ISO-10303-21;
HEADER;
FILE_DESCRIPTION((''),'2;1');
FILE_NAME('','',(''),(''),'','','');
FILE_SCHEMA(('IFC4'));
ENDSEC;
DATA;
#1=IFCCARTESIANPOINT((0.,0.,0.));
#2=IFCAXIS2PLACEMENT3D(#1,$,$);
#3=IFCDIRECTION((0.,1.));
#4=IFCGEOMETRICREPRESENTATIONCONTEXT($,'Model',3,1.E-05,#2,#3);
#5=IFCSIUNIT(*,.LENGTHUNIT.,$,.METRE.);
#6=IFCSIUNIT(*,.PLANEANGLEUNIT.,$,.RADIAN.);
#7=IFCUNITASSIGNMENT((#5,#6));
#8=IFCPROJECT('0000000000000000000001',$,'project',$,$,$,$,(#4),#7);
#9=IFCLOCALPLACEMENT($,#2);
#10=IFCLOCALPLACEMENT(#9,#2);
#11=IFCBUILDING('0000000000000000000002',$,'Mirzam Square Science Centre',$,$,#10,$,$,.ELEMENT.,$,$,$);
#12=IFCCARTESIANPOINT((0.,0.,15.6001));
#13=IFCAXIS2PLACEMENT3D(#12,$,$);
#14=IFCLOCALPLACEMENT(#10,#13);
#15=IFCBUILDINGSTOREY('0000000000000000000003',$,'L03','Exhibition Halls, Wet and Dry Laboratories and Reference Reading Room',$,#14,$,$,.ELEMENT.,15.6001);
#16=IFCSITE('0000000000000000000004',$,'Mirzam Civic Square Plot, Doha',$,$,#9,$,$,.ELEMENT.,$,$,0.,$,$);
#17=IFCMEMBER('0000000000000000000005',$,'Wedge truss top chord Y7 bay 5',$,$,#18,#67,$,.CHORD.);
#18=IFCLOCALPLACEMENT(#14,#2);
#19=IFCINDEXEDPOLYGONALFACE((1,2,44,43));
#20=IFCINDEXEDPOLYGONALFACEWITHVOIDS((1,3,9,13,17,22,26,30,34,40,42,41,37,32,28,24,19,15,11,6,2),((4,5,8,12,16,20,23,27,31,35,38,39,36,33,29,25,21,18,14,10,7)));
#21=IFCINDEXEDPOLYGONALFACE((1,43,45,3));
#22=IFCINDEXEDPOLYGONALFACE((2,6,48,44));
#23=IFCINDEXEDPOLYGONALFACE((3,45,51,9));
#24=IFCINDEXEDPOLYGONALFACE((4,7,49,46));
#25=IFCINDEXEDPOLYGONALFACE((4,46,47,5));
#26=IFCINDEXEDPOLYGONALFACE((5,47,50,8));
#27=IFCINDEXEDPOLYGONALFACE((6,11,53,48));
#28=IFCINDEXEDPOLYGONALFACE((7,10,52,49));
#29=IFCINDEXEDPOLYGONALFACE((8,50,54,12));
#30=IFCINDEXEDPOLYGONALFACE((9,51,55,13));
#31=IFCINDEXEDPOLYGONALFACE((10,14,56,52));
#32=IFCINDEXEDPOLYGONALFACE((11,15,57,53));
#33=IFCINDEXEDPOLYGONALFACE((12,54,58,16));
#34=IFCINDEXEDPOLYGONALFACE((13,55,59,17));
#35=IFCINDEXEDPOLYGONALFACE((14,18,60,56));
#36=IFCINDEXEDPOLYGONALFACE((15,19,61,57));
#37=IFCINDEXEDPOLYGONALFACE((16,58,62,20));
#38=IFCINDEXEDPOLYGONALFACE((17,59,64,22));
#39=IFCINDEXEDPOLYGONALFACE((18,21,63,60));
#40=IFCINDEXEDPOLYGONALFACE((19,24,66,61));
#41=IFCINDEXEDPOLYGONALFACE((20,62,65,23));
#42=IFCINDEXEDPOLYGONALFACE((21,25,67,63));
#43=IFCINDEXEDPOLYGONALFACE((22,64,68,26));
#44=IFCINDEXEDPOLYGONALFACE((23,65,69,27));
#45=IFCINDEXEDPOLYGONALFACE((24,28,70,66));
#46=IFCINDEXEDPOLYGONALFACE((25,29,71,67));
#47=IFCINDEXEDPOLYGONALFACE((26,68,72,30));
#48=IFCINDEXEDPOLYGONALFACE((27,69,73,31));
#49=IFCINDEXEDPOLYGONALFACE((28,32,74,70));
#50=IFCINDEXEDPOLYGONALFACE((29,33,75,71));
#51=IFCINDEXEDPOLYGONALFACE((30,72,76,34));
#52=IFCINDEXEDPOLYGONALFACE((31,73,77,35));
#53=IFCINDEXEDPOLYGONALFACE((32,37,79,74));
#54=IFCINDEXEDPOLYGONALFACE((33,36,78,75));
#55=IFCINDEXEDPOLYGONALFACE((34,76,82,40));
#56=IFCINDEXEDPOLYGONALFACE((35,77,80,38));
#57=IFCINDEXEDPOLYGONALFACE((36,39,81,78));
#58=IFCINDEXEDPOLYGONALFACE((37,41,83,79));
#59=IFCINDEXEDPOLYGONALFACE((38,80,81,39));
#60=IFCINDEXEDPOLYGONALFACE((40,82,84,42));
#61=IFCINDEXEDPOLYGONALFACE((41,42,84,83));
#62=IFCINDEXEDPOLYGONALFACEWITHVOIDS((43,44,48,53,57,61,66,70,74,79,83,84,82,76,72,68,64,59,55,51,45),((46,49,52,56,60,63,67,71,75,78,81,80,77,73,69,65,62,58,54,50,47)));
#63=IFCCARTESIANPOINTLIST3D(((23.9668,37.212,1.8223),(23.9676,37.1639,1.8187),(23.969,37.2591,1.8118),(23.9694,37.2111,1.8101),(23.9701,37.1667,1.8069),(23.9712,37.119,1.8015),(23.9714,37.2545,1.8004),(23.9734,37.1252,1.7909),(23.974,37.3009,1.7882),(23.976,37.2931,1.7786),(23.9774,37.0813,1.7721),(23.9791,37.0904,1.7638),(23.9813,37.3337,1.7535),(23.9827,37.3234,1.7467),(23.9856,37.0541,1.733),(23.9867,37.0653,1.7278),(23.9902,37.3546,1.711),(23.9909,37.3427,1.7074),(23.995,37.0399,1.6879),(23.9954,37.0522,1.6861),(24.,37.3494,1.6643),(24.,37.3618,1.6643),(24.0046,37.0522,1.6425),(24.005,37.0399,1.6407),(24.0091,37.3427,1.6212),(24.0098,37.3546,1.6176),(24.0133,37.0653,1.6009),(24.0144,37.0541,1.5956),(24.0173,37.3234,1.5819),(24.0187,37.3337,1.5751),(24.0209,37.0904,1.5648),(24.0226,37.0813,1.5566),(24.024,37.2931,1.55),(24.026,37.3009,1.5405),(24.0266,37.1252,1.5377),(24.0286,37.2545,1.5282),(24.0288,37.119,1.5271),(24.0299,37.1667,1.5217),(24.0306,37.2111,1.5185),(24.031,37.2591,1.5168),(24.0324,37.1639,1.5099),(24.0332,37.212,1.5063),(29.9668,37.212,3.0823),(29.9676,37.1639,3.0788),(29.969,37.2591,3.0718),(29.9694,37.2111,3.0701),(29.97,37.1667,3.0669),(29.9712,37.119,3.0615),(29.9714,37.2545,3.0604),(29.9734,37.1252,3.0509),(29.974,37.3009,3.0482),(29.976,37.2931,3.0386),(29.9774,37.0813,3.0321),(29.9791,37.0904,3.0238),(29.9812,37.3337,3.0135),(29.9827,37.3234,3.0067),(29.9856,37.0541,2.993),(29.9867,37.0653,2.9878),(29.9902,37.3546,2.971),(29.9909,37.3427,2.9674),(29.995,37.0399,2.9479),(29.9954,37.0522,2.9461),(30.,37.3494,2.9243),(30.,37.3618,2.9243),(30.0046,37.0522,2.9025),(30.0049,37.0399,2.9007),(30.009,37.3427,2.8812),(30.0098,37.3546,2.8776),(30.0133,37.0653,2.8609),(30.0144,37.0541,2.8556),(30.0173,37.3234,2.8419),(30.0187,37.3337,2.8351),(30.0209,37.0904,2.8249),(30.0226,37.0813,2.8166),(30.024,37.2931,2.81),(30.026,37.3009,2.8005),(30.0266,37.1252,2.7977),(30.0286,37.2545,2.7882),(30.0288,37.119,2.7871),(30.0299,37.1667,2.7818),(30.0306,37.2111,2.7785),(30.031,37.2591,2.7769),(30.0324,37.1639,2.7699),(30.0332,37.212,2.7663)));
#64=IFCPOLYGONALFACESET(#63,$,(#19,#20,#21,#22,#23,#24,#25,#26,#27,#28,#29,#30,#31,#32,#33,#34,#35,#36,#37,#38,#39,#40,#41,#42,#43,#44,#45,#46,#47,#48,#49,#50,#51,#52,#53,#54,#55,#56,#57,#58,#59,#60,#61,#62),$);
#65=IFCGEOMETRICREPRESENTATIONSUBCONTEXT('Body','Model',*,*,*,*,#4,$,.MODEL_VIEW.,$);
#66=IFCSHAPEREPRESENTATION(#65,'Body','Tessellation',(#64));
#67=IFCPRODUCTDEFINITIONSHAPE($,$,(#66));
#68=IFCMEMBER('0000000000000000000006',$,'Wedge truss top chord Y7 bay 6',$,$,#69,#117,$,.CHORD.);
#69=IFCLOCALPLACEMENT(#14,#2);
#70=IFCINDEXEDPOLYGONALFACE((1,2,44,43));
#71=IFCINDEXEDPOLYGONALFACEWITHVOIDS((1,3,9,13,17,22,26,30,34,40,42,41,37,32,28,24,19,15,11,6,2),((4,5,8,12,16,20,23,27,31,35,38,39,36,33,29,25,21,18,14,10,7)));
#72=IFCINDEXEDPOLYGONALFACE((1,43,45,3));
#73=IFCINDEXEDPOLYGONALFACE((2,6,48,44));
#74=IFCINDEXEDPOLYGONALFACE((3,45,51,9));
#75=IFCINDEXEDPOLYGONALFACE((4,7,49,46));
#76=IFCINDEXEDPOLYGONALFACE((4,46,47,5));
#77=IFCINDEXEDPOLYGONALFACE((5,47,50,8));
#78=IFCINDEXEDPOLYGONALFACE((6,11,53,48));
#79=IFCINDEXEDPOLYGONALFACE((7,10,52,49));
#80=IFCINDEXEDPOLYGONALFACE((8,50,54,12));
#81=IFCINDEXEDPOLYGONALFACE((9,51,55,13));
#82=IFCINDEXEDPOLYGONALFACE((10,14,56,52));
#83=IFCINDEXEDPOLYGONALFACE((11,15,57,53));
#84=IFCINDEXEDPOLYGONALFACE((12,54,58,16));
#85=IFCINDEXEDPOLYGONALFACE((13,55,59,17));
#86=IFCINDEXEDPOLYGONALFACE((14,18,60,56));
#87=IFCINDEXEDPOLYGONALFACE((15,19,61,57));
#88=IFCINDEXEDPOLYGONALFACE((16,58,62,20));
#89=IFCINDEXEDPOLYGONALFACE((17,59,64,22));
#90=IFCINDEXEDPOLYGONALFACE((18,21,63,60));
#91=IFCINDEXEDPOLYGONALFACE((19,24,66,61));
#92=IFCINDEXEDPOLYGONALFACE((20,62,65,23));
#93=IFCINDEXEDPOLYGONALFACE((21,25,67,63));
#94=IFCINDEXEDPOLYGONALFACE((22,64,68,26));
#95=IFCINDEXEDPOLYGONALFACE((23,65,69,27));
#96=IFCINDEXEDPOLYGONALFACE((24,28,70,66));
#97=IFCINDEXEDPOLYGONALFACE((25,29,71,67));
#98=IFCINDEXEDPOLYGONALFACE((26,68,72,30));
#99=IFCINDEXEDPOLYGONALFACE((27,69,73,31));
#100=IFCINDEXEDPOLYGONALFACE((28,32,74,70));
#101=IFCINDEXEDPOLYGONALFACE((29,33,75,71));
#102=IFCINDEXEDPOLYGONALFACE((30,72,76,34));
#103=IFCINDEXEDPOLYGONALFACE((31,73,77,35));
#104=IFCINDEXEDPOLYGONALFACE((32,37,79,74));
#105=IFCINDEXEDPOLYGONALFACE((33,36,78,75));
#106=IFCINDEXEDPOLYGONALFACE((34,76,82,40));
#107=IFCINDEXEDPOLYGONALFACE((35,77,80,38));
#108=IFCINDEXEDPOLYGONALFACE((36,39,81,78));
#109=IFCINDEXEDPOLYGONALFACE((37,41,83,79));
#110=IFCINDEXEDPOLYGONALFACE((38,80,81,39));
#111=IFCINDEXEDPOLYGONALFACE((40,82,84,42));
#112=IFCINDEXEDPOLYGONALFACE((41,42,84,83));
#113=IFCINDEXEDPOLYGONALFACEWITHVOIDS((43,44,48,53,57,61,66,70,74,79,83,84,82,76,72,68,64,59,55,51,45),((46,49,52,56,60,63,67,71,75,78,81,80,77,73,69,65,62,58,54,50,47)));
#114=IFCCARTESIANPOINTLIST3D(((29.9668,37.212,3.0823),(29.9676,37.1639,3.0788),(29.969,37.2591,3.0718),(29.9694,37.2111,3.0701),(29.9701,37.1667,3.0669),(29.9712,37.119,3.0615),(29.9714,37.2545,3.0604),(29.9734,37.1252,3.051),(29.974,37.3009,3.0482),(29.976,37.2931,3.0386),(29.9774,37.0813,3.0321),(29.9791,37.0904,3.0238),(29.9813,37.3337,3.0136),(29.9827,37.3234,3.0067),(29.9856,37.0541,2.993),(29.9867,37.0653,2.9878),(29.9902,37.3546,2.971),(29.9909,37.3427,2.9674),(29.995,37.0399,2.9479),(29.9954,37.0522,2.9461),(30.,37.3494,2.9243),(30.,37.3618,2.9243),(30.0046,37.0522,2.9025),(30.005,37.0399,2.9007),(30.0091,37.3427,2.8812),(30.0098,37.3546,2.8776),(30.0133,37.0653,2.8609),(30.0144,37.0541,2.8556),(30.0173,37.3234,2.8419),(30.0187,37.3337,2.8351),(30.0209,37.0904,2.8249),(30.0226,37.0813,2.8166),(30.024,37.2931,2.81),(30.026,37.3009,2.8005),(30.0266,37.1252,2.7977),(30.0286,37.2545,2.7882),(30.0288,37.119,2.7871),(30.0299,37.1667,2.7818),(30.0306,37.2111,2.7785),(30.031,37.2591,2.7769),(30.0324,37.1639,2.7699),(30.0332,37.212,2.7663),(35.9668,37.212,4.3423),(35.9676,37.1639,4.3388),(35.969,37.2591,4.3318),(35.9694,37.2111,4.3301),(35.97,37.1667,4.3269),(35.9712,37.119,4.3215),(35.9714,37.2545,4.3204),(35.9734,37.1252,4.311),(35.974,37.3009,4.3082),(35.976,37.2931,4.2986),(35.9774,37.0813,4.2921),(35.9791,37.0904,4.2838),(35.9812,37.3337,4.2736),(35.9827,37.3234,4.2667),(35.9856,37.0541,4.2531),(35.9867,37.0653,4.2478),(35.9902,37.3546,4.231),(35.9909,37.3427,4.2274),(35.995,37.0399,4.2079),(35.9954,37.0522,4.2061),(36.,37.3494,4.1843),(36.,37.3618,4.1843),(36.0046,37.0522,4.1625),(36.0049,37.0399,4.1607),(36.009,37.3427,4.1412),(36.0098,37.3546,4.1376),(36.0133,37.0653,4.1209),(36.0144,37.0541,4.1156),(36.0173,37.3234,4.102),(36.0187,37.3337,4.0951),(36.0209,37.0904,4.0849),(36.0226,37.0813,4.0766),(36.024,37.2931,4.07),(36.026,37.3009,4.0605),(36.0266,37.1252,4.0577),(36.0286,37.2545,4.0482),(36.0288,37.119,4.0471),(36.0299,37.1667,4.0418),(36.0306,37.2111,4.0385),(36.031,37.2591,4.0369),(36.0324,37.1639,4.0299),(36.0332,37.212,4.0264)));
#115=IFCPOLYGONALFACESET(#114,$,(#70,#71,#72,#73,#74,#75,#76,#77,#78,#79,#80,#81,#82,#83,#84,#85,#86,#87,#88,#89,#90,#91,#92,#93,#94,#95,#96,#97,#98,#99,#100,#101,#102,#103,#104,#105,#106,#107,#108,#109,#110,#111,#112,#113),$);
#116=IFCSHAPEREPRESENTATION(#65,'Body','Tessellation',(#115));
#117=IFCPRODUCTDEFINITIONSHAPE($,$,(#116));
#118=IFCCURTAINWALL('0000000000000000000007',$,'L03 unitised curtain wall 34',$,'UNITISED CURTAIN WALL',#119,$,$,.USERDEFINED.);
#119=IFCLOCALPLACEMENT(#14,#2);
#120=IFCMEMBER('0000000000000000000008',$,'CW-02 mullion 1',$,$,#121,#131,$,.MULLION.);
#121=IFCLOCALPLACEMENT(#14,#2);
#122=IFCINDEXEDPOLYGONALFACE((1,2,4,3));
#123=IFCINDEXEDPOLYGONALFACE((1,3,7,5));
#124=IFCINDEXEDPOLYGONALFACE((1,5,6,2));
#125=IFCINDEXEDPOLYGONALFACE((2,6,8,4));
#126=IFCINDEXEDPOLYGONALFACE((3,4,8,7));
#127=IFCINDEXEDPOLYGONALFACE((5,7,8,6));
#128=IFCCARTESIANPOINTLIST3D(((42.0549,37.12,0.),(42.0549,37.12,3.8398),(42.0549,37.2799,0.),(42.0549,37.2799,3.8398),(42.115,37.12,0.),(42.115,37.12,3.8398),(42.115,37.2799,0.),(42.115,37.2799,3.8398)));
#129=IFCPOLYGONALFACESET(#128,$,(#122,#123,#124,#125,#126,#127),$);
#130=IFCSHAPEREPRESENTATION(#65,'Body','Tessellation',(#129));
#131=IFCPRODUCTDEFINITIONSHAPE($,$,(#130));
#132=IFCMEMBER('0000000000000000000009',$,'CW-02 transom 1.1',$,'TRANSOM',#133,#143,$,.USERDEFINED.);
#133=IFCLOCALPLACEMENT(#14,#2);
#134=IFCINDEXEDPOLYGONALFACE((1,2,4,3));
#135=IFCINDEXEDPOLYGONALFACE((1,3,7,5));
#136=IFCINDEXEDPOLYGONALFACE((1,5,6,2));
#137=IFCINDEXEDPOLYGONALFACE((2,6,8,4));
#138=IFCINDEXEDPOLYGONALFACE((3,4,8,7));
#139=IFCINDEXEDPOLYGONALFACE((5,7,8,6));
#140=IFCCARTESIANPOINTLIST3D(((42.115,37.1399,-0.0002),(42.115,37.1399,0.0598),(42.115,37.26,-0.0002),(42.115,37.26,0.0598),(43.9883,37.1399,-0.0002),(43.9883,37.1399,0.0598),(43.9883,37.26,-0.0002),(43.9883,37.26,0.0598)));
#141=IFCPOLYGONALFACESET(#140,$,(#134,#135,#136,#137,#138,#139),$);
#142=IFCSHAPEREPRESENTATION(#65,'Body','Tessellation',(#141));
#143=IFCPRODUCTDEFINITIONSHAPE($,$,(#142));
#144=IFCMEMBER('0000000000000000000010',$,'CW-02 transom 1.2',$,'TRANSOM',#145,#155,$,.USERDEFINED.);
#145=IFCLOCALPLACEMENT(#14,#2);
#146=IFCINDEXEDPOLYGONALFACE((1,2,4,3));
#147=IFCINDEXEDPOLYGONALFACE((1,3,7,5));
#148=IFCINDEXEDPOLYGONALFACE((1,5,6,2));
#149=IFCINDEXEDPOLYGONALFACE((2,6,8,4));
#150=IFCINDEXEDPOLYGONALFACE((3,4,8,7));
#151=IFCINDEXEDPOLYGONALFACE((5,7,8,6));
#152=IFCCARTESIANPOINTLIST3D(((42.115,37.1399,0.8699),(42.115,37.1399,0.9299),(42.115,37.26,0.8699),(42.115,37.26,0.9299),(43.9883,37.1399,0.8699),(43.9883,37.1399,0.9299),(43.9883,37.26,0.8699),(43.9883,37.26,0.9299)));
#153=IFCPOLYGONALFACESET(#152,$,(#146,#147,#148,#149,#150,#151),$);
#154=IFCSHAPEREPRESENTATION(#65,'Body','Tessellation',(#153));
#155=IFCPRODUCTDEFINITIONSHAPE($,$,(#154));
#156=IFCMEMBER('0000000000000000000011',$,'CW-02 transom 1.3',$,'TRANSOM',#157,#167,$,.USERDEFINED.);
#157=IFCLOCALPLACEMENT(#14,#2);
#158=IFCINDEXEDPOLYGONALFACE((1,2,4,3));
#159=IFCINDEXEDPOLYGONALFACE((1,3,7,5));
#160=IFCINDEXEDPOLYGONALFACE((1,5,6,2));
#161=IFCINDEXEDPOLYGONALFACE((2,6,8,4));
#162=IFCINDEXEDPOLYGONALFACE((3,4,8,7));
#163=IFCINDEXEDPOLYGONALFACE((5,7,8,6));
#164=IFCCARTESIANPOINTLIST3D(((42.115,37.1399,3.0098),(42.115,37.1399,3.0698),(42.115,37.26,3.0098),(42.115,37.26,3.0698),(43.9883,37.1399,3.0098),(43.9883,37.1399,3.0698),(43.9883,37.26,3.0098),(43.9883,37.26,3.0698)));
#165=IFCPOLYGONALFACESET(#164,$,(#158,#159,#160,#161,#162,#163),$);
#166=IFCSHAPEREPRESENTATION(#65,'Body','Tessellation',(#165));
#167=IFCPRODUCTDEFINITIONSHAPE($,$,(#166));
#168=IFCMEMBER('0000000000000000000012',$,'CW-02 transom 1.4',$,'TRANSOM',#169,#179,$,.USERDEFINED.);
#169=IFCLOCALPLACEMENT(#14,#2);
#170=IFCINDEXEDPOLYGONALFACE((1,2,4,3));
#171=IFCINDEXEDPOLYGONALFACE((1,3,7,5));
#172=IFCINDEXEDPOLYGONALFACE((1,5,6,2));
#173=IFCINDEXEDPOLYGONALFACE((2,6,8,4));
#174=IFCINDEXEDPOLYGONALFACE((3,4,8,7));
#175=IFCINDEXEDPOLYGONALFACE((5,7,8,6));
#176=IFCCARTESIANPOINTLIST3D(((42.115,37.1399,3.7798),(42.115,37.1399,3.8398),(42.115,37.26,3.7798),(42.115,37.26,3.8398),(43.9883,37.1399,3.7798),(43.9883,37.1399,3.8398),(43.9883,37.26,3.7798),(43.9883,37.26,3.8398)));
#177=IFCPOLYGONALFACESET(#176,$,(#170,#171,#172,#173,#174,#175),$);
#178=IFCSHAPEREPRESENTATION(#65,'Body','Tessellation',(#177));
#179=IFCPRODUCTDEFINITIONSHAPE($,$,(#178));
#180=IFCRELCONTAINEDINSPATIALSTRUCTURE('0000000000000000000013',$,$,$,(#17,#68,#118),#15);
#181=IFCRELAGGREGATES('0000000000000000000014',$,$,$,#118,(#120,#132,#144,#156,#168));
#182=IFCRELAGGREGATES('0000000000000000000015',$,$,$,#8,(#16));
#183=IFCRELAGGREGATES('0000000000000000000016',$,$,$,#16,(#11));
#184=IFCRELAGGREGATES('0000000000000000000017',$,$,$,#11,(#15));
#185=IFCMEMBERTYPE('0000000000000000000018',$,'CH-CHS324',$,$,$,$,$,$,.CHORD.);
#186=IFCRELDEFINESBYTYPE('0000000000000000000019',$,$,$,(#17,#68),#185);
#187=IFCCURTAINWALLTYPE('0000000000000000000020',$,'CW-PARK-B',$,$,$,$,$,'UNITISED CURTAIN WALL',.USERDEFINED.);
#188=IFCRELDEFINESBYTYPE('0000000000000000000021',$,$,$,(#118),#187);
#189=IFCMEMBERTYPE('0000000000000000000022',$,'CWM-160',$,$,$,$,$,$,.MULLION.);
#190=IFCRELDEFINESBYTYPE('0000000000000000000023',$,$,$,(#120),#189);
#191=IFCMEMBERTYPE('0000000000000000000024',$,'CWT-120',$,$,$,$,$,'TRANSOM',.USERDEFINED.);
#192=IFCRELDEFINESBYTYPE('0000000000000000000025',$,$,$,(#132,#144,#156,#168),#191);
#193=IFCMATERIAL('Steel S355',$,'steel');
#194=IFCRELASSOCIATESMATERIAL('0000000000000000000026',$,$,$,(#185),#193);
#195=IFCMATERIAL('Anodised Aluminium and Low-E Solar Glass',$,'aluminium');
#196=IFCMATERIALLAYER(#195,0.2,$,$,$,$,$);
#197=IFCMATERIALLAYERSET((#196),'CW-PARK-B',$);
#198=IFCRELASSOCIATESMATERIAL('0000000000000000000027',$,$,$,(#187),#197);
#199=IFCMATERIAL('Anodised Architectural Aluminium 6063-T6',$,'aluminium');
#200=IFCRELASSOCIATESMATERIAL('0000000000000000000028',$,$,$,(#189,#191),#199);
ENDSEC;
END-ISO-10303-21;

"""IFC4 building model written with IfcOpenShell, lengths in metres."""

from ifc_helpers import new_model, si_unit, direction, frame, origin, origin_2d, place, context, subcontext, project, spatial, rectangle, hollow_circle, extrude, material, layer, layer_set, material_profile, profile_set, type_object, element, aggregate, save


model = new_model("IFC4")

# Units and contexts
model_context = context("Model", 3, precision=1e-05, world=origin(), true_north=direction((0.0, 1.0)))
body_context = subcontext(model_context, "Body", "Model", "MODEL_VIEW")
ifc_project = project(units=[si_unit("LENGTHUNIT", "METRE"), si_unit("PLANEANGLEUNIT", "RADIAN")], contexts=[model_context])

# Site, building, storey
site_placement = place(None, origin())
site = spatial("IfcSite", under=ifc_project, at=site_placement, Name="Mirzam Civic Square Plot, Doha", CompositionType="ELEMENT", RefElevation=0.0)
building_placement = place(site_placement, origin())
building = spatial("IfcBuilding", under=site, at=building_placement, Name="Mirzam Square Science Centre", CompositionType="ELEMENT")
storey_placement = place(building_placement, frame((0.0, 0.0, 15.6001)))
storey = spatial("IfcBuildingStorey", under=building, at=storey_placement, Name="L03", Description="Exhibition Halls, Wet and Dry Laboratories and Reference Reading Room", CompositionType="ELEMENT", Elevation=15.6001)

# Shared definitions
ifc_material_1 = material(Name="Steel S355", Category="steel")

# Members
ifc_material_profile_1 = material_profile(ifc_material_1, hollow_circle(Radius=0.1619, WallThickness=0.0125, at=origin_2d()), Name="323.9x12.5CHS")
ifc_profile_set_1 = profile_set([ifc_material_profile_1], Name="Steel S355")
member_type_1 = type_object("IfcMemberType", Name="CH-CHS324", PredefinedType="CHORD", material=ifc_profile_set_1)
for number, where, z_axis, x_axis, name in (
    (1, (24.0, 37.2, 1.6643), (0.978653, 0.0, 0.205519), (0.0, 1.0, 0.0), "Wedge truss top chord Y7 bay 5"),
    (2, (30.0, 37.2, 2.9243), (0.978653, 0.0, 0.205519), (0.0, 1.0, 0.0), "Wedge truss top chord Y7 bay 6"),
):
    element("IfcMember", number, at=place(storey_placement, frame(where, z_axis=z_axis, x_axis=x_axis)), inside=storey, type_object=member_type_1, Name=name, PredefinedType="CHORD", context=body_context, shape_type="SweptSolid", body=[
        extrude(hollow_circle(Radius=0.1619, WallThickness=0.0125, at=origin_2d()), origin(), (0.0, 0.0, 1.0), 6.1309),
    ])

# Curtain wall, members
ifc_material_2 = material(Name="Anodised Aluminium and Low-E Solar Glass", Category="aluminium")
ifc_layer_1 = layer(ifc_material_2, 0.2)
ifc_layer_set_1 = layer_set([ifc_layer_1], Name="CW-PARK-B")
curtain_wall_type = type_object("IfcCurtainWallType", Name="CW-PARK-B", ElementType="UNITISED CURTAIN WALL", PredefinedType="USERDEFINED", material=ifc_layer_set_1)
curtain_wall_placement = place(storey_placement, origin())
curtain_wall = element("IfcCurtainWall", 3, at=curtain_wall_placement, inside=storey, type_object=curtain_wall_type, Name="L03 unitised curtain wall 34", ObjectType="UNITISED CURTAIN WALL", PredefinedType="USERDEFINED")
ifc_material_3 = material(Name="Anodised Architectural Aluminium 6063-T6", Category="aluminium")
ifc_material_profile_2 = material_profile(ifc_material_3, rectangle(XDim=0.0601, YDim=0.1599, at=origin_2d()), Name="ALU-MULL-160x60x4")
ifc_profile_set_2 = profile_set([ifc_material_profile_2], Name="Anodised Architectural Aluminium 6063-T6")
member_type_2 = type_object("IfcMemberType", Name="CWM-160", PredefinedType="MULLION", material=ifc_profile_set_2)
member_1_placement = place(storey_placement, frame((42.085, 37.2, 0.0), z_axis=(0.0, 0.0, 1.0), x_axis=(1.0, 0.0, 0.0)))
member_1 = element("IfcMember", 4, at=member_1_placement, type_object=member_type_2, Name="CW-02 mullion 1", PredefinedType="MULLION", context=body_context, shape_type="SweptSolid", body=[
    extrude(rectangle(XDim=0.0601, YDim=0.1599, at=origin_2d()), origin(), (0.0, 0.0, 1.0), 3.8398),
])
ifc_material_profile_3 = material_profile(ifc_material_3, rectangle(XDim=0.1201, YDim=0.0601, at=origin_2d()), Name="ALU-TRAN-120x60x4")
ifc_profile_set_3 = profile_set([ifc_material_profile_3], Name="Anodised Architectural Aluminium 6063-T6")
member_type_3 = type_object("IfcMemberType", Name="CWT-120", ElementType="TRANSOM", PredefinedType="USERDEFINED", material=ifc_profile_set_3)
member_2_placement = place(storey_placement, frame((42.115, 37.2, 0.0298), z_axis=(1.0, 0.0, 0.0), x_axis=(0.0, 1.0, 0.0)))
member_2 = element("IfcMember", 5, at=member_2_placement, type_object=member_type_3, Name="CW-02 transom 1.1", ObjectType="TRANSOM", PredefinedType="USERDEFINED", context=body_context, shape_type="SweptSolid", body=[
    extrude(rectangle(XDim=0.1201, YDim=0.0601, at=origin_2d()), origin(), (0.0, 0.0, 1.0), 1.8733),
])
member_3_placement = place(storey_placement, frame((42.115, 37.2, 0.8999), z_axis=(1.0, 0.0, 0.0), x_axis=(0.0, 1.0, 0.0)))
member_3 = element("IfcMember", 6, at=member_3_placement, type_object=member_type_3, Name="CW-02 transom 1.2", ObjectType="TRANSOM", PredefinedType="USERDEFINED", context=body_context, shape_type="SweptSolid", body=[
    extrude(rectangle(XDim=0.1201, YDim=0.0601, at=origin_2d()), origin(), (0.0, 0.0, 1.0), 1.8733),
])
member_4_placement = place(storey_placement, frame((42.115, 37.2, 3.0398), z_axis=(1.0, 0.0, 0.0), x_axis=(0.0, 1.0, 0.0)))
member_4 = element("IfcMember", 7, at=member_4_placement, type_object=member_type_3, Name="CW-02 transom 1.3", ObjectType="TRANSOM", PredefinedType="USERDEFINED", context=body_context, shape_type="SweptSolid", body=[
    extrude(rectangle(XDim=0.1201, YDim=0.0601, at=origin_2d()), origin(), (0.0, 0.0, 1.0), 1.8733),
])
member_5_placement = place(storey_placement, frame((42.115, 37.2, 3.8098), z_axis=(1.0, 0.0, 0.0), x_axis=(0.0, 1.0, 0.0)))
member_5 = element("IfcMember", 8, at=member_5_placement, type_object=member_type_3, Name="CW-02 transom 1.4", ObjectType="TRANSOM", PredefinedType="USERDEFINED", context=body_context, shape_type="SweptSolid", body=[
    extrude(rectangle(XDim=0.1201, YDim=0.0601, at=origin_2d()), origin(), (0.0, 0.0, 1.0), 1.8733),
])

aggregate(curtain_wall, [member_1, member_2, member_3, member_4, member_5])

save(model, "model.ifc")
